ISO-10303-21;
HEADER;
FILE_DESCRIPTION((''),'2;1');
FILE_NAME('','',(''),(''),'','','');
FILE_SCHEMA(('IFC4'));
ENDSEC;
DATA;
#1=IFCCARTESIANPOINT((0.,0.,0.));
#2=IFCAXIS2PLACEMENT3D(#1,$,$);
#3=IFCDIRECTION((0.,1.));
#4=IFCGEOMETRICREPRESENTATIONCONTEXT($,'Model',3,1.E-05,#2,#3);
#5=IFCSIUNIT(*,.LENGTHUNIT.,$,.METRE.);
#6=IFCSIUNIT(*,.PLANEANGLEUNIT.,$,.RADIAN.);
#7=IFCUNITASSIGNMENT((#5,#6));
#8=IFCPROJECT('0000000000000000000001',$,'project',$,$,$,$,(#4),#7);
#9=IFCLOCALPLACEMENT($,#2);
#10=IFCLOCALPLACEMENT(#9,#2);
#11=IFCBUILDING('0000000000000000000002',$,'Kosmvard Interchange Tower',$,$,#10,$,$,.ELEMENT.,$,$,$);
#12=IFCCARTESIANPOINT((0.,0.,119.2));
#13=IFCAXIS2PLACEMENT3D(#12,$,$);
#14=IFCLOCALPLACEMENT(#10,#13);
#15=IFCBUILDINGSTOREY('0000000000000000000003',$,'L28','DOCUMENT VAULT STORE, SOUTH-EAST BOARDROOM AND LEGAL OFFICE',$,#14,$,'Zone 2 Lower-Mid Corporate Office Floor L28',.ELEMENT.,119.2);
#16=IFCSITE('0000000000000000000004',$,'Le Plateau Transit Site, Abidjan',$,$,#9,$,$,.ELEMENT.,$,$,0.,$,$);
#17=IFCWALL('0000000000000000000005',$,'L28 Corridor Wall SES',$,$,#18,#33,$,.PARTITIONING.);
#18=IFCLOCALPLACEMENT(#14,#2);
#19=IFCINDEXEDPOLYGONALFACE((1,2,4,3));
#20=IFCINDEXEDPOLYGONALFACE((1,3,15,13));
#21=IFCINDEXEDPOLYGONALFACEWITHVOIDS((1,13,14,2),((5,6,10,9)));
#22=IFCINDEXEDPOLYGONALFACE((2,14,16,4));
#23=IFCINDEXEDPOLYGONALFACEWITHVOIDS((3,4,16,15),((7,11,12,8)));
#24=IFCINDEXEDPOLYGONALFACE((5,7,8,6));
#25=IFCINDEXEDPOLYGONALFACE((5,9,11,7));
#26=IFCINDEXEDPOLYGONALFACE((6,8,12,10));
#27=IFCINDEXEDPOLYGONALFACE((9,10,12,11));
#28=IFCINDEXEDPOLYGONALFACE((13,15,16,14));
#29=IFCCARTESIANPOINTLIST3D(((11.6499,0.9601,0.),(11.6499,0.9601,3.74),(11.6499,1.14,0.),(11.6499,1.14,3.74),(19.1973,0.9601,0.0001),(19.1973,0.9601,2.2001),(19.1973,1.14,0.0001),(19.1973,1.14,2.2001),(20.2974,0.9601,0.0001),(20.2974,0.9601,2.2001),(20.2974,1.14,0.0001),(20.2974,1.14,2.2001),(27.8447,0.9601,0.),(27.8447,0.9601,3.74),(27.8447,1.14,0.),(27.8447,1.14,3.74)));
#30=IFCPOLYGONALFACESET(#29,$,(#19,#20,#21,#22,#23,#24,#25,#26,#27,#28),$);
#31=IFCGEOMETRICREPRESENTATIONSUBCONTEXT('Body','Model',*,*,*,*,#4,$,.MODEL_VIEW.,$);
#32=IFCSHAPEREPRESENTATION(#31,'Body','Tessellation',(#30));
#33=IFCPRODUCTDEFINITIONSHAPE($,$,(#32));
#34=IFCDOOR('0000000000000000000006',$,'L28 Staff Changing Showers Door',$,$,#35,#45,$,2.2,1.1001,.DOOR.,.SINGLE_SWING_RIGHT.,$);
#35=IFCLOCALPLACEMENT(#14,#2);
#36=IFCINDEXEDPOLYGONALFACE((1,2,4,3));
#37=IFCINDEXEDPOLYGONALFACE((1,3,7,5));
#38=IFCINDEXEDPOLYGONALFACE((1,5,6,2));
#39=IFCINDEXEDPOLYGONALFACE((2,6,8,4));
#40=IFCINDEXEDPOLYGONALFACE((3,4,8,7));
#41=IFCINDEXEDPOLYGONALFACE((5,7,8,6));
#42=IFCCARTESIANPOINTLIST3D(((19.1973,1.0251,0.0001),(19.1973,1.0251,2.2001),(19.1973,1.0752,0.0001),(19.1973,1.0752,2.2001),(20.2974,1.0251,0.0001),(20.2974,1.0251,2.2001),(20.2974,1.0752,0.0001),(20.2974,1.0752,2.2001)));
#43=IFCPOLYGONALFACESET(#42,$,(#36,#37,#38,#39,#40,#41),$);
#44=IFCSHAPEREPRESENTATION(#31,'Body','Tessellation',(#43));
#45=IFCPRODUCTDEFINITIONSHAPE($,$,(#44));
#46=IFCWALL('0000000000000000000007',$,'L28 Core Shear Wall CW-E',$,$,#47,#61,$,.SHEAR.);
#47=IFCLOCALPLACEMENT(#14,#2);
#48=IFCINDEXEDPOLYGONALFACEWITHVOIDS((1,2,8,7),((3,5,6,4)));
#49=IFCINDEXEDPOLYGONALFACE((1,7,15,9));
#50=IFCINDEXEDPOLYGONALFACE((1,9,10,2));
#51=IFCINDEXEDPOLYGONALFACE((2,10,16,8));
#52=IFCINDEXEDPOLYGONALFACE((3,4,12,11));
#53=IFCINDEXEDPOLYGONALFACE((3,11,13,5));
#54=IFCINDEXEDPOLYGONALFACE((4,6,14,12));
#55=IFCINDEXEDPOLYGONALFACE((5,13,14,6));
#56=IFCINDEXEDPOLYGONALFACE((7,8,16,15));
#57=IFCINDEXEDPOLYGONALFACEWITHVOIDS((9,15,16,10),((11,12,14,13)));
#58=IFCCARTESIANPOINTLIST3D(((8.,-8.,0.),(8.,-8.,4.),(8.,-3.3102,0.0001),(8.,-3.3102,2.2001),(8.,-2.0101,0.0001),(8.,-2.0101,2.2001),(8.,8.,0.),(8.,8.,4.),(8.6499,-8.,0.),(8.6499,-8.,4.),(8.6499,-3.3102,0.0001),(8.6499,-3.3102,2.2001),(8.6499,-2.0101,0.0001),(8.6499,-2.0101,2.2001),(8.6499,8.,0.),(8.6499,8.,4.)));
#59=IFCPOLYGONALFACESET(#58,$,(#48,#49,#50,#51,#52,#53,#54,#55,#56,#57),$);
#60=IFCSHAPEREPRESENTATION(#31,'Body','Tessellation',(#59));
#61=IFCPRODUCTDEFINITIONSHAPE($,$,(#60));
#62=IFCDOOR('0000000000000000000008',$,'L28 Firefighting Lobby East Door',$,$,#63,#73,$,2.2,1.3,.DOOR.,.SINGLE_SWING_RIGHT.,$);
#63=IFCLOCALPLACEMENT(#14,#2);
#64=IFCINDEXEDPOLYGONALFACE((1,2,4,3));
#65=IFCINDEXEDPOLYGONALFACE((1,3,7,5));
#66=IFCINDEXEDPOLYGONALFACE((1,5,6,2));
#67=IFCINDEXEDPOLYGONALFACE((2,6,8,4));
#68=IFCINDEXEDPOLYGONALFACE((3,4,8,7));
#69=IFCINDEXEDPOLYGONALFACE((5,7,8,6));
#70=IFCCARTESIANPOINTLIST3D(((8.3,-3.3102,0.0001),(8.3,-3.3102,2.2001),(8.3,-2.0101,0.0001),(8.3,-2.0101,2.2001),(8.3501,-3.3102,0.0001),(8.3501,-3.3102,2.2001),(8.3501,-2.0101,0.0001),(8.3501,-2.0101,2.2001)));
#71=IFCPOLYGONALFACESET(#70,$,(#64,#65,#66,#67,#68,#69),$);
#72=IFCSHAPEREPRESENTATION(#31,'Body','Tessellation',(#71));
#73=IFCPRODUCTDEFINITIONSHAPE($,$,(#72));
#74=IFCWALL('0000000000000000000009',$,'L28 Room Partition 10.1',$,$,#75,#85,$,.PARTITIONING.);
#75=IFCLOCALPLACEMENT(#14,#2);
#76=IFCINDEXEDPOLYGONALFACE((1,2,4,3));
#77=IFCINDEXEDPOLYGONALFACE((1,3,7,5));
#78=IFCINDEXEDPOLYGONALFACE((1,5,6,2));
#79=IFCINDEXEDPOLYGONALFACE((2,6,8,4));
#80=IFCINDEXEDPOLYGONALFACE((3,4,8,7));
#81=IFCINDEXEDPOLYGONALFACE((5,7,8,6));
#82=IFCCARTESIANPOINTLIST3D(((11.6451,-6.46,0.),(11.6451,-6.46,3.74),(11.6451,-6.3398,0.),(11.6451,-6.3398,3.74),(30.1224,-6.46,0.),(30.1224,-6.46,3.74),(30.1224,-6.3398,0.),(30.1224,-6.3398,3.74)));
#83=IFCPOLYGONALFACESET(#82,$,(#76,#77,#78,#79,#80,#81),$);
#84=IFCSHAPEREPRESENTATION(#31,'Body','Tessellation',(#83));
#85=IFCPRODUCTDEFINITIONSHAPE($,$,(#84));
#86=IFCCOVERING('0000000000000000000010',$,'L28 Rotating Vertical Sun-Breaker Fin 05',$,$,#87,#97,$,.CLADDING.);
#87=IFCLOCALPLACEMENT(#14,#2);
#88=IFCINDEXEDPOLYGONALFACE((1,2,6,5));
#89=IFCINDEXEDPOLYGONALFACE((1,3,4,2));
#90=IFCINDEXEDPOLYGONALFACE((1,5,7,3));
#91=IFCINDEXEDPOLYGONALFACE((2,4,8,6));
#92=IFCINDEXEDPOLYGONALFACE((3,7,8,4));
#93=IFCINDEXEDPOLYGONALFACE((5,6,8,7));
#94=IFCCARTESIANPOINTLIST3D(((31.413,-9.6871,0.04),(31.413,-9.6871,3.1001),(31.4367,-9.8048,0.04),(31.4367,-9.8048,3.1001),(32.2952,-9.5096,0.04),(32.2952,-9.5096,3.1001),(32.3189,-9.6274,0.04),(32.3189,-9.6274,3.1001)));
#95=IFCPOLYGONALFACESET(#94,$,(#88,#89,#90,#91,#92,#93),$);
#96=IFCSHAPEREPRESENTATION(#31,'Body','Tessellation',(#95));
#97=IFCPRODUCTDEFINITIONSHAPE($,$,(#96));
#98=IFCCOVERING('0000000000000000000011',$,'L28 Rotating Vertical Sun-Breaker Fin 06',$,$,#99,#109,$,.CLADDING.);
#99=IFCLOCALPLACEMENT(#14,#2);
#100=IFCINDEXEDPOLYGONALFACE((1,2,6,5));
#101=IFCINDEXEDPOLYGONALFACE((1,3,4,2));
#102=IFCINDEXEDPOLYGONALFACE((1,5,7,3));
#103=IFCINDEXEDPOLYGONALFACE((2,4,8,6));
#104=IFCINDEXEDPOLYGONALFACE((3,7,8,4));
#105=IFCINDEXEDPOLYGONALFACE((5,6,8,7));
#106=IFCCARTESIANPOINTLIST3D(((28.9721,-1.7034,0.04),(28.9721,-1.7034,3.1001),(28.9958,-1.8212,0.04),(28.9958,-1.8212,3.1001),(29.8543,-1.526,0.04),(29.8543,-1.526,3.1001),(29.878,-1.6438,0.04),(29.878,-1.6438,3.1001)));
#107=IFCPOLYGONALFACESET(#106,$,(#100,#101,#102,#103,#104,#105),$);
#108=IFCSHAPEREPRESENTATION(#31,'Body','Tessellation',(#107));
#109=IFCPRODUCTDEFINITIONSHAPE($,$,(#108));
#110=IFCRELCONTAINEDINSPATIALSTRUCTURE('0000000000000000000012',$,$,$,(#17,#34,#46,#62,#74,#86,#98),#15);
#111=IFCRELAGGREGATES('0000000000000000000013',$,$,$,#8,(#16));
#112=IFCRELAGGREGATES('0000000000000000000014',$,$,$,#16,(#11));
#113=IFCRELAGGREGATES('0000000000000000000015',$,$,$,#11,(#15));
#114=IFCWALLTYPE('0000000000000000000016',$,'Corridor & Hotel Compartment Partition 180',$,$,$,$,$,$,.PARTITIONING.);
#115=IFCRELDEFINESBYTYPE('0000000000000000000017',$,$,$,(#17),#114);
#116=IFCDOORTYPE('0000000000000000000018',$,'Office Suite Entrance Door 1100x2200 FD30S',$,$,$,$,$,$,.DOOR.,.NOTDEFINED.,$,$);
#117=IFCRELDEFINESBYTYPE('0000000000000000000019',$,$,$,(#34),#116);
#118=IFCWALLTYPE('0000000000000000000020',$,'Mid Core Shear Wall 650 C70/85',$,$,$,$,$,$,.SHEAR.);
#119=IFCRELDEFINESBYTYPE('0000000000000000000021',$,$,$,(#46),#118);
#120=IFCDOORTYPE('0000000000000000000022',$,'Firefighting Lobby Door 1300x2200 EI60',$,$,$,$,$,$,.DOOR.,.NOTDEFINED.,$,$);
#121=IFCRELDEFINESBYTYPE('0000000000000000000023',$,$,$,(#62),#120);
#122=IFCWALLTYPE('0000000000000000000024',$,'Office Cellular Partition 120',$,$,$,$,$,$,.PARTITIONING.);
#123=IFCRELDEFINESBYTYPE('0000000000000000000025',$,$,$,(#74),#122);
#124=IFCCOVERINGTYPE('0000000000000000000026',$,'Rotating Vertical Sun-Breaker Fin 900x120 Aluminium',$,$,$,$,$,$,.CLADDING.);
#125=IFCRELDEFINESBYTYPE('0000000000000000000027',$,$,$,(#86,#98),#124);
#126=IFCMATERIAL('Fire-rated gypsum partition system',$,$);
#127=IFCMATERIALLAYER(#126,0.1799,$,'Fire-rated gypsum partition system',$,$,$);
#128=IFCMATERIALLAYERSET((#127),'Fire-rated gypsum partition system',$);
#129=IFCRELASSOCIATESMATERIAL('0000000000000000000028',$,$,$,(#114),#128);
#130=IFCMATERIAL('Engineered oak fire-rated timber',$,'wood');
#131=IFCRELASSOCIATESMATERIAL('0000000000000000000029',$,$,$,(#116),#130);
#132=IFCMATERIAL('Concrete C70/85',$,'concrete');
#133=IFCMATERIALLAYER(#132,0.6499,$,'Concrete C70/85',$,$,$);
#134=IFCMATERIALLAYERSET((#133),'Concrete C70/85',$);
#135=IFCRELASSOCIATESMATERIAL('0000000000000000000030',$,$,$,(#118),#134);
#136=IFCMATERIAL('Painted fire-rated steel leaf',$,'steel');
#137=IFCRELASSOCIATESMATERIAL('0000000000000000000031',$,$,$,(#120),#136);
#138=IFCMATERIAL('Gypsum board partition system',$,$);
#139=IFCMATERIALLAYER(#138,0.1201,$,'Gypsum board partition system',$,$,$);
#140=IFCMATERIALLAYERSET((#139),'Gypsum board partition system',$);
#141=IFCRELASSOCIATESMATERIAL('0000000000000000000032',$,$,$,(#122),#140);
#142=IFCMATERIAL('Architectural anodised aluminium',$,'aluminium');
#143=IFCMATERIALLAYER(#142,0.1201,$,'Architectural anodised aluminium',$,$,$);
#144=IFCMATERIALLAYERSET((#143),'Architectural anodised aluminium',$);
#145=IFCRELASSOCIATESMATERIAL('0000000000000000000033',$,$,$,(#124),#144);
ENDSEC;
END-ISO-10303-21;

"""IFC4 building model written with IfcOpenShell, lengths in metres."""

from ifc_helpers import new_model, si_unit, direction, frame, frame_2d, origin, origin_2d, place, context, subcontext, project, spatial, rectangle, extrude, source, transform, mapped, material, layer, layer_set, type_object, element, fill, save


model = new_model("IFC4")

# Units and contexts
model_context = context("Model", 3, precision=1e-05, world=origin(), true_north=direction((0.0, 1.0)))
body_context = subcontext(model_context, "Body", "Model", "MODEL_VIEW")
ifc_project = project(units=[si_unit("LENGTHUNIT", "METRE"), si_unit("PLANEANGLEUNIT", "RADIAN")], contexts=[model_context])

# Site, building, storey
site_placement = place(None, origin())
site = spatial("IfcSite", under=ifc_project, at=site_placement, Name="Le Plateau Transit Site, Abidjan", CompositionType="ELEMENT", RefElevation=0.0)
building_placement = place(site_placement, origin())
building = spatial("IfcBuilding", under=site, at=building_placement, Name="Kosmvard Interchange Tower", CompositionType="ELEMENT")
storey_placement = place(building_placement, frame((0.0, 0.0, 119.2)))
storey = spatial("IfcBuildingStorey", under=building, at=storey_placement, Name="L28", Description="DOCUMENT VAULT STORE, SOUTH-EAST BOARDROOM AND LEGAL OFFICE", LongName="Zone 2 Lower-Mid Corporate Office Floor L28", CompositionType="ELEMENT", Elevation=119.2)

# Shared definitions
ifc_material_1 = material(Name="Concrete C70/85", Category="concrete")

# Walls, openings, doors
ifc_material_2 = material(Name="Fire-rated gypsum partition system")
ifc_layer_1 = layer(ifc_material_2, 0.1799, Name="Fire-rated gypsum partition system")
ifc_layer_set_1 = layer_set([ifc_layer_1], Name="Fire-rated gypsum partition system")
wall_type_1 = type_object("IfcWallType", Name="Corridor & Hotel Compartment Partition 180", PredefinedType="PARTITIONING", material=ifc_layer_set_1)
ifc_material_3 = material(Name="Engineered oak fire-rated timber", Category="wood")
door_type_1 = type_object("IfcDoorType", Name="Office Suite Entrance Door 1100x2200 FD30S", OperationType="NOTDEFINED", PredefinedType="DOOR", material=ifc_material_3)
shared_shape_1 = source(origin(), body_context, "Body", "SweptSolid", [
    extrude(rectangle(XDim=1.1001, YDim=2.2, at=frame_2d((0.55, 1.1001))), frame((0.0, 0.0249, 0.0), z_axis=(0.0, -1.0, 0.0), x_axis=(1.0, 0.0, 0.0)), (0.0, 0.0, 1.0), 0.05),
])
wall_1_placement = place(storey_placement, frame((11.6499, 1.05, 0.0), z_axis=(0.0, 0.0, 1.0), x_axis=(1.0, 0.0, 0.0)))
wall_1 = element("IfcWall", 1, at=wall_1_placement, inside=storey, type_object=wall_type_1, Name="L28 Corridor Wall SES", PredefinedType="PARTITIONING", context=body_context, shape_type="SweptSolid", body=[
    extrude(rectangle(XDim=16.1948, YDim=0.1799, at=frame_2d((8.0974, 0.0))), origin(), (0.0, 0.0, 1.0), 3.74),
])
opening_1_placement = place(wall_1_placement, frame((7.5474, 0.0, 0.0)))
opening_1 = element("IfcOpeningElement", 2, at=opening_1_placement, cuts=wall_1, PredefinedType="OPENING", context=body_context, shape_type="SweptSolid", body=[
    extrude(rectangle(XDim=1.1001, YDim=2.2, at=frame_2d((0.55, 1.1001))), frame((0.0, 0.1001, 0.0), z_axis=(0.0, -1.0, 0.0), x_axis=(1.0, 0.0, 0.0)), (0.0, 0.0, 1.0), 0.2),
])
door_1_placement = place(opening_1_placement, frame((1.1001, 0.0, 0.0), z_axis=(0.0, 0.0, 1.0), x_axis=(-1.0, 0.0, 0.0)))
door_1 = element("IfcDoor", 3, at=door_1_placement, inside=storey, type_object=door_type_1, Name="L28 Staff Changing Showers Door", OperationType="SINGLE_SWING_RIGHT", OverallHeight=2.2, OverallWidth=1.1001, PredefinedType="DOOR", context=body_context, shape_type="MappedRepresentation", body=[
    mapped(shared_shape_1, transform((0.0, 0.0, 0.0), scale=1.0)),
])
fill(opening_1, door_1)
ifc_layer_2 = layer(ifc_material_1, 0.6499, Name="Concrete C70/85")
ifc_layer_set_2 = layer_set([ifc_layer_2], Name="Concrete C70/85")
wall_type_2 = type_object("IfcWallType", Name="Mid Core Shear Wall 650 C70/85", PredefinedType="SHEAR", material=ifc_layer_set_2)
wall_2_placement = place(storey_placement, frame((8.325, -8.0, 0.0), z_axis=(0.0, 0.0, 1.0), x_axis=(0.0, 1.0, 0.0)))
wall_2 = element("IfcWall", 4, at=wall_2_placement, inside=storey, type_object=wall_type_2, Name="L28 Core Shear Wall CW-E", PredefinedType="SHEAR", context=body_context, shape_type="SweptSolid", body=[
    extrude(rectangle(XDim=16.0, YDim=0.6499, at=frame_2d((8.0, 0.0))), origin(), (0.0, 0.0, 1.0), 4.0),
])
opening_2_placement = place(wall_2_placement, frame((4.6899, 0.0, 0.0)))
opening_2 = element("IfcOpeningElement", 5, at=opening_2_placement, cuts=wall_2, PredefinedType="OPENING", context=body_context, shape_type="SweptSolid", body=[
    extrude(rectangle(XDim=1.3, YDim=2.2, at=frame_2d((0.6499, 1.1001))), frame((0.0, 0.335, 0.0), z_axis=(0.0, -1.0, 0.0), x_axis=(1.0, 0.0, 0.0)), (0.0, 0.0, 1.0), 0.6699),
])
ifc_material_4 = material(Name="Painted fire-rated steel leaf", Category="steel")
door_type_2 = type_object("IfcDoorType", Name="Firefighting Lobby Door 1300x2200 EI60", OperationType="NOTDEFINED", PredefinedType="DOOR", material=ifc_material_4)
shared_shape_2 = source(origin(), body_context, "Body", "SweptSolid", [
    extrude(rectangle(XDim=1.3, YDim=2.2, at=frame_2d((0.6499, 1.1001))), frame((0.0, 0.0249, 0.0), z_axis=(0.0, -1.0, 0.0), x_axis=(1.0, 0.0, 0.0)), (0.0, 0.0, 1.0), 0.05),
])
door_2_placement = place(opening_2_placement, origin())
door_2 = element("IfcDoor", 6, at=door_2_placement, inside=storey, type_object=door_type_2, Name="L28 Firefighting Lobby East Door", OperationType="SINGLE_SWING_RIGHT", OverallHeight=2.2, OverallWidth=1.3, PredefinedType="DOOR", context=body_context, shape_type="MappedRepresentation", body=[
    mapped(shared_shape_2, transform((0.0, 0.0, 0.0), scale=1.0)),
])
fill(opening_2, door_2)

# Wall
ifc_material_5 = material(Name="Gypsum board partition system")
ifc_layer_3 = layer(ifc_material_5, 0.1201, Name="Gypsum board partition system")
ifc_layer_set_3 = layer_set([ifc_layer_3], Name="Gypsum board partition system")
wall_type_3 = type_object("IfcWallType", Name="Office Cellular Partition 120", PredefinedType="PARTITIONING", material=ifc_layer_set_3)
wall_3_placement = place(storey_placement, frame((11.645, -6.3999, 0.0), z_axis=(0.0, 0.0, 1.0), x_axis=(1.0, 0.0, 0.0)))
element("IfcWall", 7, at=wall_3_placement, inside=storey, type_object=wall_type_3, Name="L28 Room Partition 10.1", PredefinedType="PARTITIONING", context=body_context, shape_type="SweptSolid", body=[
    extrude(rectangle(XDim=18.4773, YDim=0.1201, at=frame_2d((9.2388, 0.0))), origin(), (0.0, 0.0, 1.0), 3.74),
])

# Coverings
ifc_material_6 = material(Name="Architectural anodised aluminium", Category="aluminium")
ifc_layer_4 = layer(ifc_material_6, 0.1201, Name="Architectural anodised aluminium")
ifc_layer_set_4 = layer_set([ifc_layer_4], Name="Architectural anodised aluminium")
covering_type = type_object("IfcCoveringType", Name="Rotating Vertical Sun-Breaker Fin 900x120 Aluminium", PredefinedType="CLADDING", material=ifc_layer_set_4)
shared_shape_3 = source(origin(), body_context, "Body", "SweptSolid", [
    extrude(rectangle(XDim=0.8999, YDim=0.1201, at=origin_2d()), origin(), (0.0, 0.0, 1.0), 3.0601),
])
for number, where, z_axis, x_axis, name in (
    (8, (31.866, -9.6572, 0.04), (0.0, 0.0, 1.0), (0.980375, 0.197144, 0.0), "L28 Rotating Vertical Sun-Breaker Fin 05"),
    (9, (29.425, -1.6736, 0.04), (0.0, 0.0, 1.0), (0.980375, 0.197144, 0.0), "L28 Rotating Vertical Sun-Breaker Fin 06"),
):
    element("IfcCovering", number, at=place(storey_placement, frame(where, z_axis=z_axis, x_axis=x_axis)), inside=storey, type_object=covering_type, Name=name, PredefinedType="CLADDING", context=body_context, shape_type="MappedRepresentation", body=[
        mapped(shared_shape_3, transform((0.0, 0.0, 0.0), scale=1.0)),
    ])

save(model, "model.ifc")
